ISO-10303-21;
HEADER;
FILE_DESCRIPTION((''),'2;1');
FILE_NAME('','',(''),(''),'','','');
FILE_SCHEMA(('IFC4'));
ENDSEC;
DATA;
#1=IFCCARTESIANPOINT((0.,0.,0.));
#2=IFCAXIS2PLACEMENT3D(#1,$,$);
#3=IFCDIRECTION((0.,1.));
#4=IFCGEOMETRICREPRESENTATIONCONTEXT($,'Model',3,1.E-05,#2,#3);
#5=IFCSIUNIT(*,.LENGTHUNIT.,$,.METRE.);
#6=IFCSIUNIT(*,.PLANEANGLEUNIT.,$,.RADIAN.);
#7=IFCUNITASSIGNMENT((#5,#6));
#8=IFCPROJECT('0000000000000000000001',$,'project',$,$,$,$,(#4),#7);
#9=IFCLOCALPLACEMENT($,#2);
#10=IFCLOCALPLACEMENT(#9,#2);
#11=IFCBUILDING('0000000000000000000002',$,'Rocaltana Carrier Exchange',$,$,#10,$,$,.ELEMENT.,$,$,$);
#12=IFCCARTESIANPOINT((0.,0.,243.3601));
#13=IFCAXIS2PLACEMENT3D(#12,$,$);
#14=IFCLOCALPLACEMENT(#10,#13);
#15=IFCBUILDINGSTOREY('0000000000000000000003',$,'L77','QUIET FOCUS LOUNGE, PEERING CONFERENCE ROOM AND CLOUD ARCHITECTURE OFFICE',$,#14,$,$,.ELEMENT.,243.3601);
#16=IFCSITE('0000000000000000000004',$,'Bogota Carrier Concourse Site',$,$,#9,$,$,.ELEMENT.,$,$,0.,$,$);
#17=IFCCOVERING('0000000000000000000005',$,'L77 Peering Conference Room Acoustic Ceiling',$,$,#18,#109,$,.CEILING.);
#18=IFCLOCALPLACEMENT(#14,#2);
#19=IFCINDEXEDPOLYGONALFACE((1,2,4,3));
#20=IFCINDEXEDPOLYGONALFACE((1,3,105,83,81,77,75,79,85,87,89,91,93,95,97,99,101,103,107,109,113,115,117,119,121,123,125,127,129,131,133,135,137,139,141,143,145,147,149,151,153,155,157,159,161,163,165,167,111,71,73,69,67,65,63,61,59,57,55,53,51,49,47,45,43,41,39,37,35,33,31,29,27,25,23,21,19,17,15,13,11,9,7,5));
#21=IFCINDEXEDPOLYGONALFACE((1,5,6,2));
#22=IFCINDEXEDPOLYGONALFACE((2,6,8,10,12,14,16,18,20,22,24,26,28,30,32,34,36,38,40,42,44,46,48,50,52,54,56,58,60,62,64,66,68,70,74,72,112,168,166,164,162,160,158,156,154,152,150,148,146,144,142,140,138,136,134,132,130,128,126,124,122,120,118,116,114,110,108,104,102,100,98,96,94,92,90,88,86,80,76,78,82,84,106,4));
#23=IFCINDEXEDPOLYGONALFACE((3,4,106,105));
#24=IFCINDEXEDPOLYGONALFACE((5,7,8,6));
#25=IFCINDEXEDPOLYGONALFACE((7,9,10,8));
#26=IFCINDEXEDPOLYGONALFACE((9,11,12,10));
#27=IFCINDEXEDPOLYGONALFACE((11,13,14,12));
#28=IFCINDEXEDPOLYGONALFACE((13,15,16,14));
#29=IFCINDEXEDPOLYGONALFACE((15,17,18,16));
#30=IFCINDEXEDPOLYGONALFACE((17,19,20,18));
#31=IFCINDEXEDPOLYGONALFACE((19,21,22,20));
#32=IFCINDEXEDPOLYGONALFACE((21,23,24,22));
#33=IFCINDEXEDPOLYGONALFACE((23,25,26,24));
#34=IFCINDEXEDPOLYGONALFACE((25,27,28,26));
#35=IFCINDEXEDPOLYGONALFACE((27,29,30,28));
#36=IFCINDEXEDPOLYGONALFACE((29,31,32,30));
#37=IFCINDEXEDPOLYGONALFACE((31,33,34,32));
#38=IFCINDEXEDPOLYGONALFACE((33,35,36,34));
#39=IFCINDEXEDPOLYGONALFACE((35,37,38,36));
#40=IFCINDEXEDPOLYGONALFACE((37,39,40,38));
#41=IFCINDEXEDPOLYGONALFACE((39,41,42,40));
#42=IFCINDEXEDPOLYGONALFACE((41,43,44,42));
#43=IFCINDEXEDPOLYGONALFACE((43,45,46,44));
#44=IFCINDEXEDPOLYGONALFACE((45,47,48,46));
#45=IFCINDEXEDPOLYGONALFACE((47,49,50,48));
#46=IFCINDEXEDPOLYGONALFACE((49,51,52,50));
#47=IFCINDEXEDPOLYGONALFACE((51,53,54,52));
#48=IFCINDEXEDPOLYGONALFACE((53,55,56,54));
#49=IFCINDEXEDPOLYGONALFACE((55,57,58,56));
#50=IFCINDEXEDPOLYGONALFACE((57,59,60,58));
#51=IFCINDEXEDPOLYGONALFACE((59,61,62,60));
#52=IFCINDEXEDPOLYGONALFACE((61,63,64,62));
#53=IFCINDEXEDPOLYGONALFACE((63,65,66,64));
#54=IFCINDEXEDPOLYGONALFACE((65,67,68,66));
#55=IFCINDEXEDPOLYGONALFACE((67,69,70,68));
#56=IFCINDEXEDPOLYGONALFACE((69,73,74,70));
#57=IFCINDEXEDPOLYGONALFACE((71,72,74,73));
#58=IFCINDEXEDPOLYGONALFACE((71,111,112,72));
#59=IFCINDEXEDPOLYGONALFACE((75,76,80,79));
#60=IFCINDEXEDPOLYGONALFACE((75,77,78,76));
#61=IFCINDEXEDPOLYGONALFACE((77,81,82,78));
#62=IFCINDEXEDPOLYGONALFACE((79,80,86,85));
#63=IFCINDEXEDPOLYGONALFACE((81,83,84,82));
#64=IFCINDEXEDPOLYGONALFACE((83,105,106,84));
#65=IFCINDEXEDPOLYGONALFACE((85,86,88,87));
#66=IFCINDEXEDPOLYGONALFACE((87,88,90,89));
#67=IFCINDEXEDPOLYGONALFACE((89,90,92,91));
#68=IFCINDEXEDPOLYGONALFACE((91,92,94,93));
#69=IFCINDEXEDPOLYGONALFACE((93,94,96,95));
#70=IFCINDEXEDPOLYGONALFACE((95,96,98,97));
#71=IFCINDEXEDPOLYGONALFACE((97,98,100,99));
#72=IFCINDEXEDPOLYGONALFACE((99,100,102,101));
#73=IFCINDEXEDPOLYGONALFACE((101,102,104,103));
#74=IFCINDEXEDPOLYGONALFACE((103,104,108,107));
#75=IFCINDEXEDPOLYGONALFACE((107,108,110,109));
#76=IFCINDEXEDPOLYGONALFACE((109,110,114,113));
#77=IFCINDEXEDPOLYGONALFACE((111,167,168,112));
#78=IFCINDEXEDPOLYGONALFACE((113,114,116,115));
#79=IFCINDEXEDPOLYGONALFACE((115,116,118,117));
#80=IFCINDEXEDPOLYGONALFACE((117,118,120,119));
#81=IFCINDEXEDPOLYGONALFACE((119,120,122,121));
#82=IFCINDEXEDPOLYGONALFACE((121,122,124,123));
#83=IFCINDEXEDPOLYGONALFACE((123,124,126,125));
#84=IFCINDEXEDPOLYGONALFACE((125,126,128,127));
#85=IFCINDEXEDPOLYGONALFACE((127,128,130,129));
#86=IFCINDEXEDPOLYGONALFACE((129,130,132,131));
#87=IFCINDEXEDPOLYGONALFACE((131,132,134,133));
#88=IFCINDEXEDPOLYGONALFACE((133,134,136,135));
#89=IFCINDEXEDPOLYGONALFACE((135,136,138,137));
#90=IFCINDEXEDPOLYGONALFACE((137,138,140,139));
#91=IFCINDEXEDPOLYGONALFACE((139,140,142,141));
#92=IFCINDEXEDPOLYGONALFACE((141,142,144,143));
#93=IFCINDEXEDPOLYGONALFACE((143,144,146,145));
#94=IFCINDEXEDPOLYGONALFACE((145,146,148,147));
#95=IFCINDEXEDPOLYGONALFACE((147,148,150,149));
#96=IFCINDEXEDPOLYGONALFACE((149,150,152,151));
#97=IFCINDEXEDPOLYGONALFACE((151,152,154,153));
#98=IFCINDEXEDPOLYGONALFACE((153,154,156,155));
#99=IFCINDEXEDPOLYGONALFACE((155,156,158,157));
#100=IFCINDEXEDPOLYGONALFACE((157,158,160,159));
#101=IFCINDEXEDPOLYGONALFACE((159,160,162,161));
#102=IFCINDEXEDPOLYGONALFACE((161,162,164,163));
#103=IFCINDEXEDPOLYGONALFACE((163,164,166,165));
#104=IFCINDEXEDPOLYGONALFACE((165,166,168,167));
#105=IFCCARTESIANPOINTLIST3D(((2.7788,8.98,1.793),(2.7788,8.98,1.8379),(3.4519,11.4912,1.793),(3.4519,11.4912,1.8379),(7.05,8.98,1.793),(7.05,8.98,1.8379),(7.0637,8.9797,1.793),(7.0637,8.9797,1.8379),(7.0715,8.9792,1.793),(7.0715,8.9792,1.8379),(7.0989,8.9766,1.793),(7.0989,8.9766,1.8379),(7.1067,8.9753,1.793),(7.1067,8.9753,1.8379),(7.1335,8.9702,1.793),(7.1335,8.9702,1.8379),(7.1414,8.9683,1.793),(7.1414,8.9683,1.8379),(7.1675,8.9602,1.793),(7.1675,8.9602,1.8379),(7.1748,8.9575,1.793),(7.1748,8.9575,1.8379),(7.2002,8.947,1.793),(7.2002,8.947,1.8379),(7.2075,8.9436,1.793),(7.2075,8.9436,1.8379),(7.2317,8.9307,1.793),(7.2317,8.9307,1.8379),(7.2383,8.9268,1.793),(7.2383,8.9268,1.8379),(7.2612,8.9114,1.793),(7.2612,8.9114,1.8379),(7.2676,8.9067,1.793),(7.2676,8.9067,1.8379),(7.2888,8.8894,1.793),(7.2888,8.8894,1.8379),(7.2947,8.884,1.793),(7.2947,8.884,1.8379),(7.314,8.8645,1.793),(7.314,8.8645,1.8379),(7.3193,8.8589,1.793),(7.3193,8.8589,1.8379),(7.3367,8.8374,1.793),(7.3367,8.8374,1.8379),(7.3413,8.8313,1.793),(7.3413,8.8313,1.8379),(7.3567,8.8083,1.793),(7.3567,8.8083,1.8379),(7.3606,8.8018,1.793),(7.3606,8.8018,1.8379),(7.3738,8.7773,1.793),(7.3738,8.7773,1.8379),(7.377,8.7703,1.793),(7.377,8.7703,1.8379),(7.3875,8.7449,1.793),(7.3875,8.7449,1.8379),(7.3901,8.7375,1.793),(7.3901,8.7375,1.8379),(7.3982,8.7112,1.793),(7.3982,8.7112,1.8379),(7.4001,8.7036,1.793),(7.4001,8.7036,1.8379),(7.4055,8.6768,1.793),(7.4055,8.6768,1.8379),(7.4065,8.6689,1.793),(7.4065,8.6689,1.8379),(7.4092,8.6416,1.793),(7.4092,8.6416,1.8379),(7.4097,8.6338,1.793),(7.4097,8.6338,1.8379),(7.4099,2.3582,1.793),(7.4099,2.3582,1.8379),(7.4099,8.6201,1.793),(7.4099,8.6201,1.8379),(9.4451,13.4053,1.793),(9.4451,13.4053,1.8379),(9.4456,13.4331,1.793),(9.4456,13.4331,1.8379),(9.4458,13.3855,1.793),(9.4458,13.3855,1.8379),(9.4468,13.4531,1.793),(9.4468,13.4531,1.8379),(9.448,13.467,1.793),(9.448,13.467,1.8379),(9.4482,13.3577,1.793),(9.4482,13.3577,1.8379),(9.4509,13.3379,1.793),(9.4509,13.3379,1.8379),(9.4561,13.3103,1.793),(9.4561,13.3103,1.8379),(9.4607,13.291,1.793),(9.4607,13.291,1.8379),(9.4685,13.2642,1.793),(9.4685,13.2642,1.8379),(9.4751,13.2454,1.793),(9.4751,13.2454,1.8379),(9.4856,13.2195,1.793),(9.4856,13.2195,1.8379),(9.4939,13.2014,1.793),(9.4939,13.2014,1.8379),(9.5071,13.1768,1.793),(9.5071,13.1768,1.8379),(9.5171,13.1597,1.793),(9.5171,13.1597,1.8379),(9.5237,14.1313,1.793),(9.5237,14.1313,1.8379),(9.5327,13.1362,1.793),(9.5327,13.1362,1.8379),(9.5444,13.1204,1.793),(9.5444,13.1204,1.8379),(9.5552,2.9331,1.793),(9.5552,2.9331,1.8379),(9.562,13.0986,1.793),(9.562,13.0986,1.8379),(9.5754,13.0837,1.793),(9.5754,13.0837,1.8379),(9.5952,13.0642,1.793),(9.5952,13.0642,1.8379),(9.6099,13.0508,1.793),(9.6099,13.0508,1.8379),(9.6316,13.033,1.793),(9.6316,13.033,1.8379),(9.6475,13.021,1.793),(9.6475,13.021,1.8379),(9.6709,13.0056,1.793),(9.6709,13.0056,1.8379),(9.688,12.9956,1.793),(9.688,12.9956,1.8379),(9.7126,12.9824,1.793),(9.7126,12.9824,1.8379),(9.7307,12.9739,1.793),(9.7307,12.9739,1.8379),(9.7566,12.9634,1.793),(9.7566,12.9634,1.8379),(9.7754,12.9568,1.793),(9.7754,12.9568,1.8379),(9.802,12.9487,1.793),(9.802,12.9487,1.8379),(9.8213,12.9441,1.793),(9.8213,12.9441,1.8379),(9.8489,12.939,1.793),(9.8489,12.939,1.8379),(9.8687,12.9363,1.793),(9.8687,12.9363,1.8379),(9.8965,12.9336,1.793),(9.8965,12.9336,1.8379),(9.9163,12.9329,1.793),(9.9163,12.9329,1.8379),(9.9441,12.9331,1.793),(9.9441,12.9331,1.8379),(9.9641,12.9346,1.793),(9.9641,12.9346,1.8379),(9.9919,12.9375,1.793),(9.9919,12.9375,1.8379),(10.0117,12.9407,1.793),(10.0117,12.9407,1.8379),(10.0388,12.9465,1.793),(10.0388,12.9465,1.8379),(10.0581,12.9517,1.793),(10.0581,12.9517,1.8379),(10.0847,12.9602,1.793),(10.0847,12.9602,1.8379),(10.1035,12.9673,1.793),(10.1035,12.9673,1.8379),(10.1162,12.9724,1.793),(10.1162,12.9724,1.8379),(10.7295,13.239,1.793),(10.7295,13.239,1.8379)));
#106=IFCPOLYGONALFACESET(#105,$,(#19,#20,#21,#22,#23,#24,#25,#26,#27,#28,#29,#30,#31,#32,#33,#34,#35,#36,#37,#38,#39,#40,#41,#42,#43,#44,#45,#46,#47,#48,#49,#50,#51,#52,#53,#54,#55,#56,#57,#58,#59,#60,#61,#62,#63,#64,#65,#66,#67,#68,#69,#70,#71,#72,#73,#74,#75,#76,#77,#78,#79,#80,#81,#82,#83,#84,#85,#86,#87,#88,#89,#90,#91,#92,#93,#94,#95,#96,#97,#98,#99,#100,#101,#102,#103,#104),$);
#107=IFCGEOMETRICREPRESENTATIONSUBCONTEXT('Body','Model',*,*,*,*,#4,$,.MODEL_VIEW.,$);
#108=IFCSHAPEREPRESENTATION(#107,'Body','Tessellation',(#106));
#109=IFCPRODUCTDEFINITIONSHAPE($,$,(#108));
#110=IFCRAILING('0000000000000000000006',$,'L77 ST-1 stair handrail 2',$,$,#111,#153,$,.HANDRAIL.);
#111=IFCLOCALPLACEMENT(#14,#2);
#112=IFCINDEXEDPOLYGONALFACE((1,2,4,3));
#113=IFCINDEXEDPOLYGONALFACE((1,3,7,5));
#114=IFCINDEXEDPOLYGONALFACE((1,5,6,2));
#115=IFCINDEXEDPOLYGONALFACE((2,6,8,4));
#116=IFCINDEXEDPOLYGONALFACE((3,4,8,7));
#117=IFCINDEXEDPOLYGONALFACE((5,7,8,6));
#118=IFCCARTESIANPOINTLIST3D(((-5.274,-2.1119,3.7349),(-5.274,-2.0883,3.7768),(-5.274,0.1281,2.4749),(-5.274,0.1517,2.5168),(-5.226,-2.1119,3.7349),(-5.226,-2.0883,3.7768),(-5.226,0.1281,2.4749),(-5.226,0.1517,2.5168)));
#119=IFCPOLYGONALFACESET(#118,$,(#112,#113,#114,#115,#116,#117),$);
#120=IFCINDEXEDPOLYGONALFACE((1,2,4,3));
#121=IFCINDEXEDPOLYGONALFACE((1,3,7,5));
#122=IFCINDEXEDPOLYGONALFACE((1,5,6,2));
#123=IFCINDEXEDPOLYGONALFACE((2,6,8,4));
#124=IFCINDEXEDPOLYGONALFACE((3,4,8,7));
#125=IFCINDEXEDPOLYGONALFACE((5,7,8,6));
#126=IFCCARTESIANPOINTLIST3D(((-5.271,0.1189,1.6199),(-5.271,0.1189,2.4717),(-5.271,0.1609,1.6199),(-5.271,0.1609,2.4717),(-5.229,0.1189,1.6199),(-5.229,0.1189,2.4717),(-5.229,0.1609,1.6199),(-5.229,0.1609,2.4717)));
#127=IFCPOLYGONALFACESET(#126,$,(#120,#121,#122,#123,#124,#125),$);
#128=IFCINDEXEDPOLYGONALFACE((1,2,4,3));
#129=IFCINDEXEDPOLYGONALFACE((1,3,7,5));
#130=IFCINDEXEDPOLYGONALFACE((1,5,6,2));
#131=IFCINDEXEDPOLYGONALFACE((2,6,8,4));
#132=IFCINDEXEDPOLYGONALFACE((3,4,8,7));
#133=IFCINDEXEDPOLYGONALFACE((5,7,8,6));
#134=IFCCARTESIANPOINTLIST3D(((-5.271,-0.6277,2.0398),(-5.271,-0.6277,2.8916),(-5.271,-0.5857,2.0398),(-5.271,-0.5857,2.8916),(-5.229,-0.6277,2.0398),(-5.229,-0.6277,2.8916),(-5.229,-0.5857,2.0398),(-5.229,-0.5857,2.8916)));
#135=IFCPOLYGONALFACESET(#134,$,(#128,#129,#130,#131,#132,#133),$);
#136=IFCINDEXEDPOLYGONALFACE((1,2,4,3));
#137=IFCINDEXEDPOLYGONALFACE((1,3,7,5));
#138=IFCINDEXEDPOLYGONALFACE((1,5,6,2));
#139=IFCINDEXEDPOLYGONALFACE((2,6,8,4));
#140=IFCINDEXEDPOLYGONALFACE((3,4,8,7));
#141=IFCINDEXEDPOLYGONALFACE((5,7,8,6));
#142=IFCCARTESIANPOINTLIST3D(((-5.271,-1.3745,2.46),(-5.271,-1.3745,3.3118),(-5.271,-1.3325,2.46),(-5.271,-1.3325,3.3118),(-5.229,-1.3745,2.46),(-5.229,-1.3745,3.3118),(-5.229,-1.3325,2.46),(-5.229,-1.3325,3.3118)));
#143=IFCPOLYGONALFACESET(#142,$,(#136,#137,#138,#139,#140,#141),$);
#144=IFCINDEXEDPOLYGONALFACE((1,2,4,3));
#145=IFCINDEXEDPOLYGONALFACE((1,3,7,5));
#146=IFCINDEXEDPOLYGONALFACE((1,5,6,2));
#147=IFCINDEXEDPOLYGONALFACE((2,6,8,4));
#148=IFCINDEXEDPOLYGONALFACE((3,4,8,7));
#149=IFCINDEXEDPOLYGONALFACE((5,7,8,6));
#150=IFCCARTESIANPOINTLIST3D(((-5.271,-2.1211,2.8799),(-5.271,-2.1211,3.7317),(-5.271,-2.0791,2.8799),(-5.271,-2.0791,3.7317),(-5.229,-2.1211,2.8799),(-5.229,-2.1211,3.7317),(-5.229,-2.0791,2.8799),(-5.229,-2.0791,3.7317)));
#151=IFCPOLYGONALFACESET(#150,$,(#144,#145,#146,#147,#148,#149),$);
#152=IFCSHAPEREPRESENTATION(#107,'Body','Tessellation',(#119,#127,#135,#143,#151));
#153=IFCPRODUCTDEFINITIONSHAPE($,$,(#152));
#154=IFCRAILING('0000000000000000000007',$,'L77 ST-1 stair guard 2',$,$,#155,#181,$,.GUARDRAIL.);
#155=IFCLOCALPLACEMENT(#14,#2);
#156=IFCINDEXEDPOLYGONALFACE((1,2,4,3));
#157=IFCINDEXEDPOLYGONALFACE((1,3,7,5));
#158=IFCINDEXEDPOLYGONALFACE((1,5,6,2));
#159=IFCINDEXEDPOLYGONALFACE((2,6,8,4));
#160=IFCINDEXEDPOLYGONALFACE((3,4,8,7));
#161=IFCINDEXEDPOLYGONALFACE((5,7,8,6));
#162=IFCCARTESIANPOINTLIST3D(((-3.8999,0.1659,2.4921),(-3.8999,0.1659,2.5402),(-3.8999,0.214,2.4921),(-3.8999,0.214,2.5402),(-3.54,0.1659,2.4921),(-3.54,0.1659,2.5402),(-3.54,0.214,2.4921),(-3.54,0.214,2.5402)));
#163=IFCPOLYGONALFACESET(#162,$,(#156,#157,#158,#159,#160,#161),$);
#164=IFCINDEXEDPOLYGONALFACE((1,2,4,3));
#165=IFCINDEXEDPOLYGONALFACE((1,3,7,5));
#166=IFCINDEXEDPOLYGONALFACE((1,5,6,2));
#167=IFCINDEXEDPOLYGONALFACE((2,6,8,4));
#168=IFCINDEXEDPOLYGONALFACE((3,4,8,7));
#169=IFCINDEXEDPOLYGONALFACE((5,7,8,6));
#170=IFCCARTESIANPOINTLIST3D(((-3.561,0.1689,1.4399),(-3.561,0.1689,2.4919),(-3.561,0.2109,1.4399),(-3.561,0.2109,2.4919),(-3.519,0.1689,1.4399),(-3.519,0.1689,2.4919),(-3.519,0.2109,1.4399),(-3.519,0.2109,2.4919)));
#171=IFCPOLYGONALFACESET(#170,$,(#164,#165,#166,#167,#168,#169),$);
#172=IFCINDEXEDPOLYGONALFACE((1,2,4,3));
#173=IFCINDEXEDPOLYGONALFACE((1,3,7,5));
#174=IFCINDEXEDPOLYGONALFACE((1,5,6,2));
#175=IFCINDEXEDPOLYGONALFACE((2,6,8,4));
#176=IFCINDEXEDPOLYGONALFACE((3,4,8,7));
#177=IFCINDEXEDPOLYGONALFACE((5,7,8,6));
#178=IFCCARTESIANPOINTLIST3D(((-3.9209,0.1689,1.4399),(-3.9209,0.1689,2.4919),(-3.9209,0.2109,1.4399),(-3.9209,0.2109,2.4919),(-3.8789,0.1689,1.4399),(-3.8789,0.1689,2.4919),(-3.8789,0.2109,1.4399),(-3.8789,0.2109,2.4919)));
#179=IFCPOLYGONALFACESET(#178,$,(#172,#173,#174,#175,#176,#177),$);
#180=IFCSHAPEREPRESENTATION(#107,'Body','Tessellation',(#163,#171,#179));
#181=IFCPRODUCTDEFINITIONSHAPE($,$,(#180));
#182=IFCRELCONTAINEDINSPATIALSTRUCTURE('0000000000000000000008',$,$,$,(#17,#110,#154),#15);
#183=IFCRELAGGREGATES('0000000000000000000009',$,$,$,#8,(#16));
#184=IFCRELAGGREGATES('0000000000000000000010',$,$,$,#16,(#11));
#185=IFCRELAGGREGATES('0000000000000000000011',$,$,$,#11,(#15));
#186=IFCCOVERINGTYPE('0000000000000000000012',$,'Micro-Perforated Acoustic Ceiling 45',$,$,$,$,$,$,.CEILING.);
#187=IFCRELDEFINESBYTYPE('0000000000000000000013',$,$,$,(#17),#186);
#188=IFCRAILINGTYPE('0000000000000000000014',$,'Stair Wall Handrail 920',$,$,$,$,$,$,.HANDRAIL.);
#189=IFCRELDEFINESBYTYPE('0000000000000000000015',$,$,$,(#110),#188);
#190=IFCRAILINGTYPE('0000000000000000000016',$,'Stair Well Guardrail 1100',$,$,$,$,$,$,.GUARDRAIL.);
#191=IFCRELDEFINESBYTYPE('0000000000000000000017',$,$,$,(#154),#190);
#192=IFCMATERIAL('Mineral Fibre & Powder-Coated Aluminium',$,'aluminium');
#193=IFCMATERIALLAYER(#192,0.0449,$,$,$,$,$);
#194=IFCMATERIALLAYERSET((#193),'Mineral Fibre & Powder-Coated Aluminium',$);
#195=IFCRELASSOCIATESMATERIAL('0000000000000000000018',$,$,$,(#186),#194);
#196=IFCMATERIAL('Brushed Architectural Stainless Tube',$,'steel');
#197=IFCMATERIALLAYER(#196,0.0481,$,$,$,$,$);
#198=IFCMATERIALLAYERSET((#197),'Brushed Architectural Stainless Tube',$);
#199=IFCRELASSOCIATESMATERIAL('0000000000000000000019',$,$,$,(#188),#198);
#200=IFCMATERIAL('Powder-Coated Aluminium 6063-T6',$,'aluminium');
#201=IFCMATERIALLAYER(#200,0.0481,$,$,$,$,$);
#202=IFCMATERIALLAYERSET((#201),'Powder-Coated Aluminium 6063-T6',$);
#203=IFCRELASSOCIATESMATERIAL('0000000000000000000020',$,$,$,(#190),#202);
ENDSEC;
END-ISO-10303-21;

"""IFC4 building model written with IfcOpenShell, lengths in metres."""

from ifc_helpers import new_model, si_unit, direction, frame, origin, origin_2d, place, context, subcontext, project, spatial, polyline, rectangle, outline, extrude, material, layer, layer_set, type_object, element, save


model = new_model("IFC4")

# Units and contexts
model_context = context("Model", 3, precision=1e-05, world=origin(), true_north=direction((0.0, 1.0)))
body_context = subcontext(model_context, "Body", "Model", "MODEL_VIEW")
ifc_project = project(units=[si_unit("LENGTHUNIT", "METRE"), si_unit("PLANEANGLEUNIT", "RADIAN")], contexts=[model_context])

# Site, building, storey
site_placement = place(None, origin())
site = spatial("IfcSite", under=ifc_project, at=site_placement, Name="Bogota Carrier Concourse Site", CompositionType="ELEMENT", RefElevation=0.0)
building_placement = place(site_placement, origin())
building = spatial("IfcBuilding", under=site, at=building_placement, Name="Rocaltana Carrier Exchange", CompositionType="ELEMENT")
storey_placement = place(building_placement, frame((0.0, 0.0, 243.3601)))
storey = spatial("IfcBuildingStorey", under=building, at=storey_placement, Name="L77", Description="QUIET FOCUS LOUNGE, PEERING CONFERENCE ROOM AND CLOUD ARCHITECTURE OFFICE", CompositionType="ELEMENT", Elevation=243.3601)

# Covering
ifc_material_1 = material(Name="Mineral Fibre & Powder-Coated Aluminium", Category="aluminium")
ifc_layer_1 = layer(ifc_material_1, 0.0449)
ifc_layer_set_1 = layer_set([ifc_layer_1], Name="Mineral Fibre & Powder-Coated Aluminium")
covering_type_1 = type_object("IfcCoveringType", Name="Micro-Perforated Acoustic Ceiling 45", PredefinedType="CEILING", material=ifc_layer_set_1)
covering_1_placement = place(storey_placement, frame((0.0, 0.0, 1.793)))
element("IfcCovering", 1, at=covering_1_placement, inside=storey, type_object=covering_type_1, Name="L77 Peering Conference Room Acoustic Ceiling", PredefinedType="CEILING", context=body_context, shape_type="SweptSolid", body=[
    extrude(outline(polyline([(9.5237, 14.1313), (9.448, 13.467), (9.4468, 13.4531), (9.4456, 13.4331), (9.4451, 13.4053), (9.4458, 13.3855), (9.4482, 13.3577), (9.4509, 13.3379), (9.4561, 13.3103), (9.4607, 13.291), (9.4685, 13.2642), (9.4751, 13.2454), (9.4856, 13.2195), (9.4939, 13.2014), (9.5071, 13.1768), (9.5171, 13.1597), (9.5327, 13.1362), (9.5444, 13.1204), (9.562, 13.0986), (9.5754, 13.0837), (9.5952, 13.0642), (9.6099, 13.0508), (9.6316, 13.033), (9.6475, 13.021), (9.6709, 13.0056), (9.688, 12.9956), (9.7126, 12.9824), (9.7307, 12.9739), (9.7566, 12.9634), (9.7754, 12.9568), (9.802, 12.9487), (9.8213, 12.9441), (9.8489, 12.939), (9.8687, 12.9363), (9.8965, 12.9336), (9.9163, 12.9329), (9.9441, 12.9331), (9.9641, 12.9346), (9.9919, 12.9375), (10.0117, 12.9407), (10.0388, 12.9465), (10.0581, 12.9517), (10.0847, 12.9602), (10.1035, 12.9673), (10.1162, 12.9724), (10.7295, 13.239), (9.5552, 2.9331), (7.4099, 2.3582), (7.4099, 8.6201), (7.4097, 8.6338), (7.4092, 8.6416), (7.4065, 8.6689), (7.4055, 8.6768), (7.4001, 8.7036), (7.3982, 8.7112), (7.3901, 8.7375), (7.3875, 8.7449), (7.377, 8.7703), (7.3738, 8.7773), (7.3606, 8.8018), (7.3567, 8.8083), (7.3413, 8.8313), (7.3367, 8.8374), (7.3193, 8.8589), (7.314, 8.8645), (7.2947, 8.884), (7.2888, 8.8894), (7.2676, 8.9067), (7.2612, 8.9114), (7.2383, 8.9268), (7.2317, 8.9307), (7.2075, 8.9436), (7.2002, 8.947), (7.1748, 8.9575), (7.1675, 8.9602), (7.1414, 8.9683), (7.1335, 8.9702), (7.1067, 8.9753), (7.0989, 8.9766), (7.0715, 8.9792), (7.0637, 8.9797), (7.05, 8.98), (2.7788, 8.98), (3.4519, 11.4912), (9.5237, 14.1313)])), origin(), (0.0, 0.0, 1.0), 0.0449),
])

# Railings
ifc_material_2 = material(Name="Brushed Architectural Stainless Tube", Category="steel")
ifc_layer_2 = layer(ifc_material_2, 0.0481)
ifc_layer_set_2 = layer_set([ifc_layer_2], Name="Brushed Architectural Stainless Tube")
railing_type_1 = type_object("IfcRailingType", Name="Stair Wall Handrail 920", PredefinedType="HANDRAIL", material=ifc_layer_set_2)
railing_1_placement = place(storey_placement, frame((-5.25, 0.1399, 1.6199)))
element("IfcRailing", 2, at=railing_1_placement, inside=storey, type_object=railing_type_1, Name="L77 ST-1 stair handrail 2", PredefinedType="HANDRAIL", context=body_context, shape_type="SweptSolid", body=[
    extrude(rectangle(XDim=0.0481, YDim=0.0481, at=origin_2d()), frame((0.0, 0.0, 0.876), z_axis=(0.0, -0.871573, 0.490266), x_axis=(1.0, 0.0, 0.0)), (0.0, 0.0, 1.0), 2.5701),
    extrude(rectangle(XDim=0.042, YDim=0.042, at=origin_2d()), origin(), (0.0, 0.0, 1.0), 0.8518),
    extrude(rectangle(XDim=0.042, YDim=0.042, at=origin_2d()), frame((0.0, -0.7466, 0.4199)), (0.0, 0.0, 1.0), 0.8518),
    extrude(rectangle(XDim=0.042, YDim=0.042, at=origin_2d()), frame((0.0, -1.4934, 0.8401)), (0.0, 0.0, 1.0), 0.8518),
    extrude(rectangle(XDim=0.042, YDim=0.042, at=origin_2d()), frame((0.0, -2.24, 1.26)), (0.0, 0.0, 1.0), 0.8518),
])
ifc_material_3 = material(Name="Powder-Coated Aluminium 6063-T6", Category="aluminium")
ifc_layer_3 = layer(ifc_material_3, 0.0481)
ifc_layer_set_3 = layer_set([ifc_layer_3], Name="Powder-Coated Aluminium 6063-T6")
railing_type_2 = type_object("IfcRailingType", Name="Stair Well Guardrail 1100", PredefinedType="GUARDRAIL", material=ifc_layer_set_3)
railing_2_placement = place(storey_placement, frame((-3.54, 0.1899, 1.4399)))
element("IfcRailing", 3, at=railing_2_placement, inside=storey, type_object=railing_type_2, Name="L77 ST-1 stair guard 2", PredefinedType="GUARDRAIL", context=body_context, shape_type="SweptSolid", body=[
    extrude(rectangle(XDim=0.0481, YDim=0.0481, at=origin_2d()), frame((0.0, 0.0, 1.0762), z_axis=(-1.0, 0.0, 0.0), x_axis=(0.0, -1.0, 0.0)), (0.0, 0.0, 1.0), 0.3599),
    extrude(rectangle(XDim=0.042, YDim=0.042, at=origin_2d()), origin(), (0.0, 0.0, 1.0), 1.052),
    extrude(rectangle(XDim=0.042, YDim=0.042, at=origin_2d()), frame((-0.3599, 0.0, 0.0)), (0.0, 0.0, 1.0), 1.052),
])

save(model, "model.ifc")
